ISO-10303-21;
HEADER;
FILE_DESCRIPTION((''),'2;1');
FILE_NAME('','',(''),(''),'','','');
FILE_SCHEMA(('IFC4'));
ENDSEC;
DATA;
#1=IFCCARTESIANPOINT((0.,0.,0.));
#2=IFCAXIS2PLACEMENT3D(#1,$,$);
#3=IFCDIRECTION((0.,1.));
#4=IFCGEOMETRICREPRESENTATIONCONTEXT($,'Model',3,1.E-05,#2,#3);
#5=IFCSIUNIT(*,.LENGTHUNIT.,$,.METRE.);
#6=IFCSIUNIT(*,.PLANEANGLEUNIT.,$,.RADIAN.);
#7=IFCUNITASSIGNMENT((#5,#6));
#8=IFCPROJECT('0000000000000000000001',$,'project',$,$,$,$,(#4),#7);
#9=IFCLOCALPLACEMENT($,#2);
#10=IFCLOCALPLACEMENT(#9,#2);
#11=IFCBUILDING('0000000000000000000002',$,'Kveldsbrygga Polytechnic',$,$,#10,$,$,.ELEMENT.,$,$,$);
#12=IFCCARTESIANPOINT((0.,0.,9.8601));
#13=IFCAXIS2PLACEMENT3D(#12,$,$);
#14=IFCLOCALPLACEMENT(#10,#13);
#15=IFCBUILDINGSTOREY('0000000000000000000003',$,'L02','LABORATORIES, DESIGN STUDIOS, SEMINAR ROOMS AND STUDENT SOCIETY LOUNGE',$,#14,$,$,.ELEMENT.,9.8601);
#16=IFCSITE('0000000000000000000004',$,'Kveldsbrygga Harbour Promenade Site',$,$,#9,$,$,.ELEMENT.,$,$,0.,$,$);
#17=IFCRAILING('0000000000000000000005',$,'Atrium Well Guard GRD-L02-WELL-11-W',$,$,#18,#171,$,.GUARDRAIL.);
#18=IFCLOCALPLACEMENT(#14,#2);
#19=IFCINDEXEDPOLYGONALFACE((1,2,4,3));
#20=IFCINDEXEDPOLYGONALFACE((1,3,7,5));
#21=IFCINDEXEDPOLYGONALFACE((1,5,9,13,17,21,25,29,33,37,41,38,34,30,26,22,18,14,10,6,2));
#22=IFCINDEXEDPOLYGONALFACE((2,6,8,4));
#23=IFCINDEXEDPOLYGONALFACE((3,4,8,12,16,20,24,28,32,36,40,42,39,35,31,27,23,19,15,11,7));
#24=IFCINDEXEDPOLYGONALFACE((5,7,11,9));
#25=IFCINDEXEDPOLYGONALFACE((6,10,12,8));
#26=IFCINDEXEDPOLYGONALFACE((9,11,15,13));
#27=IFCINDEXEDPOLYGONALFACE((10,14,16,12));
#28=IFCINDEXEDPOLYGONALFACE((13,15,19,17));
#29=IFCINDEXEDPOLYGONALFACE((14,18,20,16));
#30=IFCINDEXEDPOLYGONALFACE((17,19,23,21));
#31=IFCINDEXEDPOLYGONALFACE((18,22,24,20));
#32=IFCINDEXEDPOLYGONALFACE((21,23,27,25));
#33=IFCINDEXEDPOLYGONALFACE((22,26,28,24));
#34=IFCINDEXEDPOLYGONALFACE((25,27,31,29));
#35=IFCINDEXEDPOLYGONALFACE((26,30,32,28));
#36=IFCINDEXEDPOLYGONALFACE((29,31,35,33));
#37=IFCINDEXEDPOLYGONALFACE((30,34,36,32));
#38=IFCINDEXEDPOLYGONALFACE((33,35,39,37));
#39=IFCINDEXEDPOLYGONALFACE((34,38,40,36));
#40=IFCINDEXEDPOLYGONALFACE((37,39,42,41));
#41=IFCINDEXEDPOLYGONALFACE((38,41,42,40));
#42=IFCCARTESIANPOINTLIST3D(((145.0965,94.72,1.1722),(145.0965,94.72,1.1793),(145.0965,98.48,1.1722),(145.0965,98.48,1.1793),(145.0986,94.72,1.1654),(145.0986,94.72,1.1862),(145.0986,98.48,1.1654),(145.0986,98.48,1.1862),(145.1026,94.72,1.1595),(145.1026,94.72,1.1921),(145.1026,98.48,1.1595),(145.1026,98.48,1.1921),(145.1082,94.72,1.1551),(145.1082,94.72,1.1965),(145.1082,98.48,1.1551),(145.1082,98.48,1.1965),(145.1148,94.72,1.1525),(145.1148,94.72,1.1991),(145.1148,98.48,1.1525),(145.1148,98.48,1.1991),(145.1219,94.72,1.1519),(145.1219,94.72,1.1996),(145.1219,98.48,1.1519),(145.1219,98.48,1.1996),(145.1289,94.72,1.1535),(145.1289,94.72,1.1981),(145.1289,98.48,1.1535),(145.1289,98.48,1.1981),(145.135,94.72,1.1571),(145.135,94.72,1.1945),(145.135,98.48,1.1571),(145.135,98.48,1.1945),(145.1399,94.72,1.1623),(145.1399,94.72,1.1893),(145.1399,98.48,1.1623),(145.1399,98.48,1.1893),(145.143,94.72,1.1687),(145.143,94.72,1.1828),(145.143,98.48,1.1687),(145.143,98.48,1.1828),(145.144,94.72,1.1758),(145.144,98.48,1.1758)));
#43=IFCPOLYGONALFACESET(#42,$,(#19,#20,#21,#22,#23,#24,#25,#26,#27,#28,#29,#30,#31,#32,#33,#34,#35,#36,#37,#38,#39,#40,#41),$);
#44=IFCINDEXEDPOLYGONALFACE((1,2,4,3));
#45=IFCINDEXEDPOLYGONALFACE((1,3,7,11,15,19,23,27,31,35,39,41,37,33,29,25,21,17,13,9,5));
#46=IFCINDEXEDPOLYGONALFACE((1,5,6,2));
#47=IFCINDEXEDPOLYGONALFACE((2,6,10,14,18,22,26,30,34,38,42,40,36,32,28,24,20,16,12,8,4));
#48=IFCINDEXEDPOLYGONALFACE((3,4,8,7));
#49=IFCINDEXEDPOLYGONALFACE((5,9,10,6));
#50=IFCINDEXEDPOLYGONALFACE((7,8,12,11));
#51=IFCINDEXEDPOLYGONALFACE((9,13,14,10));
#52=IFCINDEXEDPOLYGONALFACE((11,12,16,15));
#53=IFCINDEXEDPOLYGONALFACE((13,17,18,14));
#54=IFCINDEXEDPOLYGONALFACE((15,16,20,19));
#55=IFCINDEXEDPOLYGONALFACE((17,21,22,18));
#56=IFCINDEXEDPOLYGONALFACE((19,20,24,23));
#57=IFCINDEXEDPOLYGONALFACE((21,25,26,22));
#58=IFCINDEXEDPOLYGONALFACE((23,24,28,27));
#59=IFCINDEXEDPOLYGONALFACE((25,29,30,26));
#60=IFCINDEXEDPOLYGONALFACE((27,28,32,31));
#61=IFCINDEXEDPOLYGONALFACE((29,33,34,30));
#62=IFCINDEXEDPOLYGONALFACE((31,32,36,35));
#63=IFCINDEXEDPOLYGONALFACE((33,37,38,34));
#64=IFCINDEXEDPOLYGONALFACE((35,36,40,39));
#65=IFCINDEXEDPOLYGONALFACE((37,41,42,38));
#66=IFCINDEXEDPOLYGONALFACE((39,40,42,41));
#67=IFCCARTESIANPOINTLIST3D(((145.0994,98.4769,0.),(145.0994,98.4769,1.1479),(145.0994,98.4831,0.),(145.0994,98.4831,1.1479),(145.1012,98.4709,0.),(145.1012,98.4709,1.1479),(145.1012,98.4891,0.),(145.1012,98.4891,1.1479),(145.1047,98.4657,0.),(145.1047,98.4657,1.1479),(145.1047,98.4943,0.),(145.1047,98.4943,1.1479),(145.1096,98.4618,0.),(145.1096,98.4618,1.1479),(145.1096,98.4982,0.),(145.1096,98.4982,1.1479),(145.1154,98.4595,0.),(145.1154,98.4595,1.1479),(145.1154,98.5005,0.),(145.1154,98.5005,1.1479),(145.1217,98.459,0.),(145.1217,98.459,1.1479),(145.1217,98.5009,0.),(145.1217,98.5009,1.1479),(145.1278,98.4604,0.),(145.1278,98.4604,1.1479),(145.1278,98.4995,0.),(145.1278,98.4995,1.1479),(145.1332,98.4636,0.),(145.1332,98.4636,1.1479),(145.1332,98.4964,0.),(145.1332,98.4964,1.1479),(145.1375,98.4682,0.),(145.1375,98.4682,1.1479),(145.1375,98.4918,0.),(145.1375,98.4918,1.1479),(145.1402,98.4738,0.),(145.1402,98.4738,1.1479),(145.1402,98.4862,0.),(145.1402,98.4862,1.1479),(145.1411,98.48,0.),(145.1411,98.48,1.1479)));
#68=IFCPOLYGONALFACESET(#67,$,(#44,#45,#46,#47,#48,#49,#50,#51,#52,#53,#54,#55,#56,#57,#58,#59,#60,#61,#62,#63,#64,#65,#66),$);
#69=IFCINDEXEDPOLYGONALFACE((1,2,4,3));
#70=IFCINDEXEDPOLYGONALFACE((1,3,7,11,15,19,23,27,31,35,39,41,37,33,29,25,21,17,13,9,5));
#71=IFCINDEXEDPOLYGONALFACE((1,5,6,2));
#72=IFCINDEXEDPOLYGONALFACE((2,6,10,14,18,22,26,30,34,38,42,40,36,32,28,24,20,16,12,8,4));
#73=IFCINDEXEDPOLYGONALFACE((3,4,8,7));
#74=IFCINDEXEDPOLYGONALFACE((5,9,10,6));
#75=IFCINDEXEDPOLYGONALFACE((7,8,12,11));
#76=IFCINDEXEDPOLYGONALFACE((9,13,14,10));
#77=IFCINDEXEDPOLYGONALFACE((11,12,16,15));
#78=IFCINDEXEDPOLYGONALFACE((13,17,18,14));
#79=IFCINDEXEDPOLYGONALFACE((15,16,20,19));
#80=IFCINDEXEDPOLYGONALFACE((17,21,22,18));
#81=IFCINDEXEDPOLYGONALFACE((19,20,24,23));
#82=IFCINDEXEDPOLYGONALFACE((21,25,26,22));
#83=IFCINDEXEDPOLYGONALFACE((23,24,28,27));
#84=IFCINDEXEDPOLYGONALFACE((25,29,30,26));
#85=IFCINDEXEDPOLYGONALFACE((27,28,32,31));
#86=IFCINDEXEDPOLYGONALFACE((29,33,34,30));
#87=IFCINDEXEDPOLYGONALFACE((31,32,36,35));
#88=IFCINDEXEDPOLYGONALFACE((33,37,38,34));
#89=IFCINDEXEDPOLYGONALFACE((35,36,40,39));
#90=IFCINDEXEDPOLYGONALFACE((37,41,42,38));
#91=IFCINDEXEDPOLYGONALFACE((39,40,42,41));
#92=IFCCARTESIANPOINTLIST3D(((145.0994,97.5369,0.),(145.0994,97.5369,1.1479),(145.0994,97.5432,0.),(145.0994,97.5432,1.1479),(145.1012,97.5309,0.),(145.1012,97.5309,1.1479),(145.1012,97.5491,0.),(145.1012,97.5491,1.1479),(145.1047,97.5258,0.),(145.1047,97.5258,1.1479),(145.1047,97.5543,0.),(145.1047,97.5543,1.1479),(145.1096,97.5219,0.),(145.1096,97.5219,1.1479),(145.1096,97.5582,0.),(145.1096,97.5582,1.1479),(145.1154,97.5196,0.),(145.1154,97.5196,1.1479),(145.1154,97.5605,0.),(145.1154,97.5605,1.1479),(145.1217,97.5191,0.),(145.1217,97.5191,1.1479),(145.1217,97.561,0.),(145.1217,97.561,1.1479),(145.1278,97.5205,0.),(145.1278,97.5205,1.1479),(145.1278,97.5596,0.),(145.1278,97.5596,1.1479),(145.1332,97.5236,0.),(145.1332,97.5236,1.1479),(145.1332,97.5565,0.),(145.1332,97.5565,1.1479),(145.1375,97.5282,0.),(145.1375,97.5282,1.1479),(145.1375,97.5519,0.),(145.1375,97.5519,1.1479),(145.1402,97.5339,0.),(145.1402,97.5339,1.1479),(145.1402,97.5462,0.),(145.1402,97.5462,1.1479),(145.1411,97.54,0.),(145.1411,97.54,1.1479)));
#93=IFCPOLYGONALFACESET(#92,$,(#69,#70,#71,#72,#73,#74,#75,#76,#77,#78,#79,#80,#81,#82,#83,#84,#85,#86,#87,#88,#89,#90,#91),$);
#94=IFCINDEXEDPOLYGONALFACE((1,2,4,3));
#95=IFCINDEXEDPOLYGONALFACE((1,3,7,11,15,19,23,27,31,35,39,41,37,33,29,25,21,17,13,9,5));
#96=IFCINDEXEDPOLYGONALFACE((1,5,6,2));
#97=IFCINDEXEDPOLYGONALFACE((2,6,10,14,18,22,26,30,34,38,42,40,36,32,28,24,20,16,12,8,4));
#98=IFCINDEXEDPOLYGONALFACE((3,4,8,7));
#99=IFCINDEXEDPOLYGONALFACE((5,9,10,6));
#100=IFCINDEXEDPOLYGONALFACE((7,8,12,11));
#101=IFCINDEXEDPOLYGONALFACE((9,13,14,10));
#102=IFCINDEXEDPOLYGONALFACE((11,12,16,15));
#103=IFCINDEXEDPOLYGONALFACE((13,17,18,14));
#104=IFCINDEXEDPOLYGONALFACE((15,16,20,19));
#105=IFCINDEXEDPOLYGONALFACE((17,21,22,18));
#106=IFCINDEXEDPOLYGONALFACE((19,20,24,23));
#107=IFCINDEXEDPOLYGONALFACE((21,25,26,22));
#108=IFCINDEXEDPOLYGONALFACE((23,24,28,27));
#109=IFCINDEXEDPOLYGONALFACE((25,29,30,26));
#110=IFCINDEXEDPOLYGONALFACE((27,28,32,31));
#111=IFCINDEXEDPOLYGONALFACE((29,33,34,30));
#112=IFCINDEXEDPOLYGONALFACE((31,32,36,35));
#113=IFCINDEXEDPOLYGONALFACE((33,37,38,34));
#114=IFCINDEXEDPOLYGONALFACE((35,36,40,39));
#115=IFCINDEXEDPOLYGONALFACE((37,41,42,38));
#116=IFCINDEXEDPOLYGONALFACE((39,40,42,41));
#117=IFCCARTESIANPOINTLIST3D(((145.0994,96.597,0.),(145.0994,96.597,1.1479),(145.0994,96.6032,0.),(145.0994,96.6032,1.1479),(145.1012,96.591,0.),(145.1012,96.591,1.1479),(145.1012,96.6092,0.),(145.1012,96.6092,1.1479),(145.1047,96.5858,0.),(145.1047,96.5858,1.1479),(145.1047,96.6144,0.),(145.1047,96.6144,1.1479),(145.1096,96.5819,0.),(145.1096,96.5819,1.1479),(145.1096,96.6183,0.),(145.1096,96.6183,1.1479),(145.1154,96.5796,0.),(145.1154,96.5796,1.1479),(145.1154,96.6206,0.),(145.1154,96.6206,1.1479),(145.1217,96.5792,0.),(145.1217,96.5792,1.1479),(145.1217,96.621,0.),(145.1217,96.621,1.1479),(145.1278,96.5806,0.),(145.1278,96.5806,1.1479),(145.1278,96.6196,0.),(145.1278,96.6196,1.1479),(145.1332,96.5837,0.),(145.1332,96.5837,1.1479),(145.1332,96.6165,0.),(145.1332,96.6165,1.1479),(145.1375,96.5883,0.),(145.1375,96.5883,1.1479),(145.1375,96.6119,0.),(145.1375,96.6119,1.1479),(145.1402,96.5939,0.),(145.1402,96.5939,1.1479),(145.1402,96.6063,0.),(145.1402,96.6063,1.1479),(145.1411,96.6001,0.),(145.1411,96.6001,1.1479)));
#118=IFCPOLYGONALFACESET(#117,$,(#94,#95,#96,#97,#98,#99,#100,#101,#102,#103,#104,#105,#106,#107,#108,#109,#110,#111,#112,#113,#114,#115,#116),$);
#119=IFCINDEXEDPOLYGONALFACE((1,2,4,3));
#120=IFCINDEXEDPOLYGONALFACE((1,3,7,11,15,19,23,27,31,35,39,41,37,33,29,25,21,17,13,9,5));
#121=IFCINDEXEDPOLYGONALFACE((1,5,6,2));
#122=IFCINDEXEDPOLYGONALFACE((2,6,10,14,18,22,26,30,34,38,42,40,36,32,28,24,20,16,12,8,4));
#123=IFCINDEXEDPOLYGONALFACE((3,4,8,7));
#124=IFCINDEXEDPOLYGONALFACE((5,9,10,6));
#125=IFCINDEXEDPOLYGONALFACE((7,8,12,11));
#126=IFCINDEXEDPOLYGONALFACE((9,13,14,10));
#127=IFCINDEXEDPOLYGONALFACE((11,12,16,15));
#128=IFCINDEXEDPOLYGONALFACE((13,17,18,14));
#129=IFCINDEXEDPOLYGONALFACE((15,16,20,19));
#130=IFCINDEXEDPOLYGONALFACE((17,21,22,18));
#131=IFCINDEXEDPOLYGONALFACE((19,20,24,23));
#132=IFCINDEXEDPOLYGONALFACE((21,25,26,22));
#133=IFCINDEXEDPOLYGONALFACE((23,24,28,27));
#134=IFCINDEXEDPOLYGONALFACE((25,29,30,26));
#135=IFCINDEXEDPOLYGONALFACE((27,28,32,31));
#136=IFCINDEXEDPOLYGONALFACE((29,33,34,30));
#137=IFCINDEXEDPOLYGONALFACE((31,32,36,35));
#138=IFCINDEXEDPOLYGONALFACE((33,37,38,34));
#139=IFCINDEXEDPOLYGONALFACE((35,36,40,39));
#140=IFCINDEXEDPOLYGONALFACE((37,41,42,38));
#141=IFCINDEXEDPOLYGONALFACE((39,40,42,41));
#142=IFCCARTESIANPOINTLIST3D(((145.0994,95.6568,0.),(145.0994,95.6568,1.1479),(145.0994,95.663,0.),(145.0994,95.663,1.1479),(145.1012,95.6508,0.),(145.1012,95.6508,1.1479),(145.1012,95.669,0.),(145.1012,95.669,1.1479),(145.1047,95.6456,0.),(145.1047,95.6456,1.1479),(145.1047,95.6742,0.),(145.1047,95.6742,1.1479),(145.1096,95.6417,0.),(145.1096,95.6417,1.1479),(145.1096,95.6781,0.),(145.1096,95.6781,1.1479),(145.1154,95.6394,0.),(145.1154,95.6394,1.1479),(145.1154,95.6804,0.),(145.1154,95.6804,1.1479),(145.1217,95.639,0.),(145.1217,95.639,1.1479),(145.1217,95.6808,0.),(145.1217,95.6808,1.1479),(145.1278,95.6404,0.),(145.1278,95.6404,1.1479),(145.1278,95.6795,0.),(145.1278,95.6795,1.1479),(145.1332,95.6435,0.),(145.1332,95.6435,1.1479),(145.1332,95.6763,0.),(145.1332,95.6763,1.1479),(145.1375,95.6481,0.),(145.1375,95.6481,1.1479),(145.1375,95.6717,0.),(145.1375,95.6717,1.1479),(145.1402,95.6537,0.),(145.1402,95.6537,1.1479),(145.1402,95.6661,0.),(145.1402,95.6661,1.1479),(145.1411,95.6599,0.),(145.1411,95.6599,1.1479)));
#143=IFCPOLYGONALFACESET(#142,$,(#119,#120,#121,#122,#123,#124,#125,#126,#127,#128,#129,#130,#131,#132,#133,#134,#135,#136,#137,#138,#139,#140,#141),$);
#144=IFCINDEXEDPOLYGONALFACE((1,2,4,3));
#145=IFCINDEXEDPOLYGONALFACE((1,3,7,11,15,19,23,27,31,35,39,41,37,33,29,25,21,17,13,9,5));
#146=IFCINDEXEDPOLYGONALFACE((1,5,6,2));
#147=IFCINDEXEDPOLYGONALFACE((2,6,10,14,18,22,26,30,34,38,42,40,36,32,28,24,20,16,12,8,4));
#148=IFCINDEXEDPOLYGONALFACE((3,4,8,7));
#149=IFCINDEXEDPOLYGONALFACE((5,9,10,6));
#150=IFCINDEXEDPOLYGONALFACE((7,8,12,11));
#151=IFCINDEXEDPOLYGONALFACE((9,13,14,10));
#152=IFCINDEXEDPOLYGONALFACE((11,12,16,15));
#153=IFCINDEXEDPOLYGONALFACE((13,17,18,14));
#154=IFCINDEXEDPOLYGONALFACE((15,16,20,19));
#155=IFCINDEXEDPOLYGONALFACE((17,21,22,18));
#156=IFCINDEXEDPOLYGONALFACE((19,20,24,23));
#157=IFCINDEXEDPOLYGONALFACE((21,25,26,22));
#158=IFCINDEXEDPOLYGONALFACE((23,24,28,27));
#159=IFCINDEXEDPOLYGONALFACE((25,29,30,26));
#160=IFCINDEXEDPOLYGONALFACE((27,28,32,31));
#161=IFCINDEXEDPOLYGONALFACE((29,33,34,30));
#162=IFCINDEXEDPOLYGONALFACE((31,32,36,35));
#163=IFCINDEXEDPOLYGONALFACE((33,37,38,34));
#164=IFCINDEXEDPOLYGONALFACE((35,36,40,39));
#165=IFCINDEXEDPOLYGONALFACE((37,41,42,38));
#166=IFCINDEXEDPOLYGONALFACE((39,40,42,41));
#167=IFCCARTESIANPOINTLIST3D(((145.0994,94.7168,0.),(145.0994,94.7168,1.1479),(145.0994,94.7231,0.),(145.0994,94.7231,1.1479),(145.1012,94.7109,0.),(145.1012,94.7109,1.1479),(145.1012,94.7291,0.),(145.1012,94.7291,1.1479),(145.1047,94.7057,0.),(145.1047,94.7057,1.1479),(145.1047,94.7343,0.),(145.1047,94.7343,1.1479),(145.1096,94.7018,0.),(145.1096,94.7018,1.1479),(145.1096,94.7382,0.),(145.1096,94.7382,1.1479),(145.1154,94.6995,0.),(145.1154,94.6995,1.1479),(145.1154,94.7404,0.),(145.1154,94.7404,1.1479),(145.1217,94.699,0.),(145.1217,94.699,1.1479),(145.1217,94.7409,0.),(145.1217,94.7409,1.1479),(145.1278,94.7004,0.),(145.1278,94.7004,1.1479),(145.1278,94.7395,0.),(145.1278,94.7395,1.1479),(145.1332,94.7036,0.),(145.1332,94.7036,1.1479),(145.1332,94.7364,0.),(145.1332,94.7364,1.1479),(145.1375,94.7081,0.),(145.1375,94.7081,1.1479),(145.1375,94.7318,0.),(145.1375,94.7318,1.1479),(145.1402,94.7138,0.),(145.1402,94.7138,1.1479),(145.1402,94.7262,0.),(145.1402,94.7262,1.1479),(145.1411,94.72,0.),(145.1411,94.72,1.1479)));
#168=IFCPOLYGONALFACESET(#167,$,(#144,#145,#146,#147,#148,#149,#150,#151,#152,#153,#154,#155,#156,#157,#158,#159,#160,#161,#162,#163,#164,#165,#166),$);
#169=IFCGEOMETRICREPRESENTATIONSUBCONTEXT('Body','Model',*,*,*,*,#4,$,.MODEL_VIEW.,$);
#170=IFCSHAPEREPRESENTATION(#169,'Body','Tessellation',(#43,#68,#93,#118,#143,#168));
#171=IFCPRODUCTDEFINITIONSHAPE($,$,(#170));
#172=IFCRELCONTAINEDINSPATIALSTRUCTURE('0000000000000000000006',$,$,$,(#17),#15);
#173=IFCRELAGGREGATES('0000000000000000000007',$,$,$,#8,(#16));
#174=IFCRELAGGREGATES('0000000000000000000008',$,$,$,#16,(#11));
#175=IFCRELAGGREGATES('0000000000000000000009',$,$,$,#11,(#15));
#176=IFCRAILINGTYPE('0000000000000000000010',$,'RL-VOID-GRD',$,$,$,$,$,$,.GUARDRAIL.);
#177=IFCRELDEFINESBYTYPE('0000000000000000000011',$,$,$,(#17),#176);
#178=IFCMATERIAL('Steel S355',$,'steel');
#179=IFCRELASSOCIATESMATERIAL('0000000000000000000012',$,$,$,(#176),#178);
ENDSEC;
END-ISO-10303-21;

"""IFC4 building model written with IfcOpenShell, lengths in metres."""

from ifc_helpers import new_model, si_unit, direction, frame, origin, origin_2d, place, context, subcontext, project, spatial, circle, extrude, material, type_object, element, save


model = new_model("IFC4")

# Units and contexts
model_context = context("Model", 3, precision=1e-05, world=origin(), true_north=direction((0.0, 1.0)))
body_context = subcontext(model_context, "Body", "Model", "MODEL_VIEW")
ifc_project = project(units=[si_unit("LENGTHUNIT", "METRE"), si_unit("PLANEANGLEUNIT", "RADIAN")], contexts=[model_context])

# Site, building, storey
site_placement = place(None, origin())
site = spatial("IfcSite", under=ifc_project, at=site_placement, Name="Kveldsbrygga Harbour Promenade Site", CompositionType="ELEMENT", RefElevation=0.0)
building_placement = place(site_placement, origin())
building = spatial("IfcBuilding", under=site, at=building_placement, Name="Kveldsbrygga Polytechnic", CompositionType="ELEMENT")
storey_placement = place(building_placement, frame((0.0, 0.0, 9.8601)))
storey = spatial("IfcBuildingStorey", under=building, at=storey_placement, Name="L02", Description="LABORATORIES, DESIGN STUDIOS, SEMINAR ROOMS AND STUDENT SOCIETY LOUNGE", CompositionType="ELEMENT", Elevation=9.8601)

# Shared definitions
ifc_material_1 = material(Name="Steel S355", Category="steel")

# Railing
railing_type = type_object("IfcRailingType", Name="RL-VOID-GRD", PredefinedType="GUARDRAIL", material=ifc_material_1)
railing_1_placement = place(storey_placement, frame((145.1201, 98.48, 0.0)))
element("IfcRailing", 1, at=railing_1_placement, inside=storey, type_object=railing_type, Name="Atrium Well Guard GRD-L02-WELL-11-W", PredefinedType="GUARDRAIL", context=body_context, shape_type="SweptSolid", body=[
    extrude(circle(Radius=0.0239, at=origin_2d()), frame((0.0, 0.0, 1.1758), z_axis=(0.0, -1.0, 0.0), x_axis=(1.0, 0.0, 0.0)), (0.0, 0.0, 1.0), 3.76),
    extrude(circle(Radius=0.021, at=origin_2d()), origin(), (0.0, 0.0, 1.0), 1.1479),
    extrude(circle(Radius=0.021, at=origin_2d()), frame((0.0, -0.9399, 0.0)), (0.0, 0.0, 1.0), 1.1479),
    extrude(circle(Radius=0.021, at=origin_2d()), frame((0.0, -1.8799, 0.0)), (0.0, 0.0, 1.0), 1.1479),
    extrude(circle(Radius=0.021, at=origin_2d()), frame((0.0, -2.8201, 0.0)), (0.0, 0.0, 1.0), 1.1479),
    extrude(circle(Radius=0.021, at=origin_2d()), frame((0.0, -3.76, 0.0)), (0.0, 0.0, 1.0), 1.1479),
])

save(model, "model.ifc")
